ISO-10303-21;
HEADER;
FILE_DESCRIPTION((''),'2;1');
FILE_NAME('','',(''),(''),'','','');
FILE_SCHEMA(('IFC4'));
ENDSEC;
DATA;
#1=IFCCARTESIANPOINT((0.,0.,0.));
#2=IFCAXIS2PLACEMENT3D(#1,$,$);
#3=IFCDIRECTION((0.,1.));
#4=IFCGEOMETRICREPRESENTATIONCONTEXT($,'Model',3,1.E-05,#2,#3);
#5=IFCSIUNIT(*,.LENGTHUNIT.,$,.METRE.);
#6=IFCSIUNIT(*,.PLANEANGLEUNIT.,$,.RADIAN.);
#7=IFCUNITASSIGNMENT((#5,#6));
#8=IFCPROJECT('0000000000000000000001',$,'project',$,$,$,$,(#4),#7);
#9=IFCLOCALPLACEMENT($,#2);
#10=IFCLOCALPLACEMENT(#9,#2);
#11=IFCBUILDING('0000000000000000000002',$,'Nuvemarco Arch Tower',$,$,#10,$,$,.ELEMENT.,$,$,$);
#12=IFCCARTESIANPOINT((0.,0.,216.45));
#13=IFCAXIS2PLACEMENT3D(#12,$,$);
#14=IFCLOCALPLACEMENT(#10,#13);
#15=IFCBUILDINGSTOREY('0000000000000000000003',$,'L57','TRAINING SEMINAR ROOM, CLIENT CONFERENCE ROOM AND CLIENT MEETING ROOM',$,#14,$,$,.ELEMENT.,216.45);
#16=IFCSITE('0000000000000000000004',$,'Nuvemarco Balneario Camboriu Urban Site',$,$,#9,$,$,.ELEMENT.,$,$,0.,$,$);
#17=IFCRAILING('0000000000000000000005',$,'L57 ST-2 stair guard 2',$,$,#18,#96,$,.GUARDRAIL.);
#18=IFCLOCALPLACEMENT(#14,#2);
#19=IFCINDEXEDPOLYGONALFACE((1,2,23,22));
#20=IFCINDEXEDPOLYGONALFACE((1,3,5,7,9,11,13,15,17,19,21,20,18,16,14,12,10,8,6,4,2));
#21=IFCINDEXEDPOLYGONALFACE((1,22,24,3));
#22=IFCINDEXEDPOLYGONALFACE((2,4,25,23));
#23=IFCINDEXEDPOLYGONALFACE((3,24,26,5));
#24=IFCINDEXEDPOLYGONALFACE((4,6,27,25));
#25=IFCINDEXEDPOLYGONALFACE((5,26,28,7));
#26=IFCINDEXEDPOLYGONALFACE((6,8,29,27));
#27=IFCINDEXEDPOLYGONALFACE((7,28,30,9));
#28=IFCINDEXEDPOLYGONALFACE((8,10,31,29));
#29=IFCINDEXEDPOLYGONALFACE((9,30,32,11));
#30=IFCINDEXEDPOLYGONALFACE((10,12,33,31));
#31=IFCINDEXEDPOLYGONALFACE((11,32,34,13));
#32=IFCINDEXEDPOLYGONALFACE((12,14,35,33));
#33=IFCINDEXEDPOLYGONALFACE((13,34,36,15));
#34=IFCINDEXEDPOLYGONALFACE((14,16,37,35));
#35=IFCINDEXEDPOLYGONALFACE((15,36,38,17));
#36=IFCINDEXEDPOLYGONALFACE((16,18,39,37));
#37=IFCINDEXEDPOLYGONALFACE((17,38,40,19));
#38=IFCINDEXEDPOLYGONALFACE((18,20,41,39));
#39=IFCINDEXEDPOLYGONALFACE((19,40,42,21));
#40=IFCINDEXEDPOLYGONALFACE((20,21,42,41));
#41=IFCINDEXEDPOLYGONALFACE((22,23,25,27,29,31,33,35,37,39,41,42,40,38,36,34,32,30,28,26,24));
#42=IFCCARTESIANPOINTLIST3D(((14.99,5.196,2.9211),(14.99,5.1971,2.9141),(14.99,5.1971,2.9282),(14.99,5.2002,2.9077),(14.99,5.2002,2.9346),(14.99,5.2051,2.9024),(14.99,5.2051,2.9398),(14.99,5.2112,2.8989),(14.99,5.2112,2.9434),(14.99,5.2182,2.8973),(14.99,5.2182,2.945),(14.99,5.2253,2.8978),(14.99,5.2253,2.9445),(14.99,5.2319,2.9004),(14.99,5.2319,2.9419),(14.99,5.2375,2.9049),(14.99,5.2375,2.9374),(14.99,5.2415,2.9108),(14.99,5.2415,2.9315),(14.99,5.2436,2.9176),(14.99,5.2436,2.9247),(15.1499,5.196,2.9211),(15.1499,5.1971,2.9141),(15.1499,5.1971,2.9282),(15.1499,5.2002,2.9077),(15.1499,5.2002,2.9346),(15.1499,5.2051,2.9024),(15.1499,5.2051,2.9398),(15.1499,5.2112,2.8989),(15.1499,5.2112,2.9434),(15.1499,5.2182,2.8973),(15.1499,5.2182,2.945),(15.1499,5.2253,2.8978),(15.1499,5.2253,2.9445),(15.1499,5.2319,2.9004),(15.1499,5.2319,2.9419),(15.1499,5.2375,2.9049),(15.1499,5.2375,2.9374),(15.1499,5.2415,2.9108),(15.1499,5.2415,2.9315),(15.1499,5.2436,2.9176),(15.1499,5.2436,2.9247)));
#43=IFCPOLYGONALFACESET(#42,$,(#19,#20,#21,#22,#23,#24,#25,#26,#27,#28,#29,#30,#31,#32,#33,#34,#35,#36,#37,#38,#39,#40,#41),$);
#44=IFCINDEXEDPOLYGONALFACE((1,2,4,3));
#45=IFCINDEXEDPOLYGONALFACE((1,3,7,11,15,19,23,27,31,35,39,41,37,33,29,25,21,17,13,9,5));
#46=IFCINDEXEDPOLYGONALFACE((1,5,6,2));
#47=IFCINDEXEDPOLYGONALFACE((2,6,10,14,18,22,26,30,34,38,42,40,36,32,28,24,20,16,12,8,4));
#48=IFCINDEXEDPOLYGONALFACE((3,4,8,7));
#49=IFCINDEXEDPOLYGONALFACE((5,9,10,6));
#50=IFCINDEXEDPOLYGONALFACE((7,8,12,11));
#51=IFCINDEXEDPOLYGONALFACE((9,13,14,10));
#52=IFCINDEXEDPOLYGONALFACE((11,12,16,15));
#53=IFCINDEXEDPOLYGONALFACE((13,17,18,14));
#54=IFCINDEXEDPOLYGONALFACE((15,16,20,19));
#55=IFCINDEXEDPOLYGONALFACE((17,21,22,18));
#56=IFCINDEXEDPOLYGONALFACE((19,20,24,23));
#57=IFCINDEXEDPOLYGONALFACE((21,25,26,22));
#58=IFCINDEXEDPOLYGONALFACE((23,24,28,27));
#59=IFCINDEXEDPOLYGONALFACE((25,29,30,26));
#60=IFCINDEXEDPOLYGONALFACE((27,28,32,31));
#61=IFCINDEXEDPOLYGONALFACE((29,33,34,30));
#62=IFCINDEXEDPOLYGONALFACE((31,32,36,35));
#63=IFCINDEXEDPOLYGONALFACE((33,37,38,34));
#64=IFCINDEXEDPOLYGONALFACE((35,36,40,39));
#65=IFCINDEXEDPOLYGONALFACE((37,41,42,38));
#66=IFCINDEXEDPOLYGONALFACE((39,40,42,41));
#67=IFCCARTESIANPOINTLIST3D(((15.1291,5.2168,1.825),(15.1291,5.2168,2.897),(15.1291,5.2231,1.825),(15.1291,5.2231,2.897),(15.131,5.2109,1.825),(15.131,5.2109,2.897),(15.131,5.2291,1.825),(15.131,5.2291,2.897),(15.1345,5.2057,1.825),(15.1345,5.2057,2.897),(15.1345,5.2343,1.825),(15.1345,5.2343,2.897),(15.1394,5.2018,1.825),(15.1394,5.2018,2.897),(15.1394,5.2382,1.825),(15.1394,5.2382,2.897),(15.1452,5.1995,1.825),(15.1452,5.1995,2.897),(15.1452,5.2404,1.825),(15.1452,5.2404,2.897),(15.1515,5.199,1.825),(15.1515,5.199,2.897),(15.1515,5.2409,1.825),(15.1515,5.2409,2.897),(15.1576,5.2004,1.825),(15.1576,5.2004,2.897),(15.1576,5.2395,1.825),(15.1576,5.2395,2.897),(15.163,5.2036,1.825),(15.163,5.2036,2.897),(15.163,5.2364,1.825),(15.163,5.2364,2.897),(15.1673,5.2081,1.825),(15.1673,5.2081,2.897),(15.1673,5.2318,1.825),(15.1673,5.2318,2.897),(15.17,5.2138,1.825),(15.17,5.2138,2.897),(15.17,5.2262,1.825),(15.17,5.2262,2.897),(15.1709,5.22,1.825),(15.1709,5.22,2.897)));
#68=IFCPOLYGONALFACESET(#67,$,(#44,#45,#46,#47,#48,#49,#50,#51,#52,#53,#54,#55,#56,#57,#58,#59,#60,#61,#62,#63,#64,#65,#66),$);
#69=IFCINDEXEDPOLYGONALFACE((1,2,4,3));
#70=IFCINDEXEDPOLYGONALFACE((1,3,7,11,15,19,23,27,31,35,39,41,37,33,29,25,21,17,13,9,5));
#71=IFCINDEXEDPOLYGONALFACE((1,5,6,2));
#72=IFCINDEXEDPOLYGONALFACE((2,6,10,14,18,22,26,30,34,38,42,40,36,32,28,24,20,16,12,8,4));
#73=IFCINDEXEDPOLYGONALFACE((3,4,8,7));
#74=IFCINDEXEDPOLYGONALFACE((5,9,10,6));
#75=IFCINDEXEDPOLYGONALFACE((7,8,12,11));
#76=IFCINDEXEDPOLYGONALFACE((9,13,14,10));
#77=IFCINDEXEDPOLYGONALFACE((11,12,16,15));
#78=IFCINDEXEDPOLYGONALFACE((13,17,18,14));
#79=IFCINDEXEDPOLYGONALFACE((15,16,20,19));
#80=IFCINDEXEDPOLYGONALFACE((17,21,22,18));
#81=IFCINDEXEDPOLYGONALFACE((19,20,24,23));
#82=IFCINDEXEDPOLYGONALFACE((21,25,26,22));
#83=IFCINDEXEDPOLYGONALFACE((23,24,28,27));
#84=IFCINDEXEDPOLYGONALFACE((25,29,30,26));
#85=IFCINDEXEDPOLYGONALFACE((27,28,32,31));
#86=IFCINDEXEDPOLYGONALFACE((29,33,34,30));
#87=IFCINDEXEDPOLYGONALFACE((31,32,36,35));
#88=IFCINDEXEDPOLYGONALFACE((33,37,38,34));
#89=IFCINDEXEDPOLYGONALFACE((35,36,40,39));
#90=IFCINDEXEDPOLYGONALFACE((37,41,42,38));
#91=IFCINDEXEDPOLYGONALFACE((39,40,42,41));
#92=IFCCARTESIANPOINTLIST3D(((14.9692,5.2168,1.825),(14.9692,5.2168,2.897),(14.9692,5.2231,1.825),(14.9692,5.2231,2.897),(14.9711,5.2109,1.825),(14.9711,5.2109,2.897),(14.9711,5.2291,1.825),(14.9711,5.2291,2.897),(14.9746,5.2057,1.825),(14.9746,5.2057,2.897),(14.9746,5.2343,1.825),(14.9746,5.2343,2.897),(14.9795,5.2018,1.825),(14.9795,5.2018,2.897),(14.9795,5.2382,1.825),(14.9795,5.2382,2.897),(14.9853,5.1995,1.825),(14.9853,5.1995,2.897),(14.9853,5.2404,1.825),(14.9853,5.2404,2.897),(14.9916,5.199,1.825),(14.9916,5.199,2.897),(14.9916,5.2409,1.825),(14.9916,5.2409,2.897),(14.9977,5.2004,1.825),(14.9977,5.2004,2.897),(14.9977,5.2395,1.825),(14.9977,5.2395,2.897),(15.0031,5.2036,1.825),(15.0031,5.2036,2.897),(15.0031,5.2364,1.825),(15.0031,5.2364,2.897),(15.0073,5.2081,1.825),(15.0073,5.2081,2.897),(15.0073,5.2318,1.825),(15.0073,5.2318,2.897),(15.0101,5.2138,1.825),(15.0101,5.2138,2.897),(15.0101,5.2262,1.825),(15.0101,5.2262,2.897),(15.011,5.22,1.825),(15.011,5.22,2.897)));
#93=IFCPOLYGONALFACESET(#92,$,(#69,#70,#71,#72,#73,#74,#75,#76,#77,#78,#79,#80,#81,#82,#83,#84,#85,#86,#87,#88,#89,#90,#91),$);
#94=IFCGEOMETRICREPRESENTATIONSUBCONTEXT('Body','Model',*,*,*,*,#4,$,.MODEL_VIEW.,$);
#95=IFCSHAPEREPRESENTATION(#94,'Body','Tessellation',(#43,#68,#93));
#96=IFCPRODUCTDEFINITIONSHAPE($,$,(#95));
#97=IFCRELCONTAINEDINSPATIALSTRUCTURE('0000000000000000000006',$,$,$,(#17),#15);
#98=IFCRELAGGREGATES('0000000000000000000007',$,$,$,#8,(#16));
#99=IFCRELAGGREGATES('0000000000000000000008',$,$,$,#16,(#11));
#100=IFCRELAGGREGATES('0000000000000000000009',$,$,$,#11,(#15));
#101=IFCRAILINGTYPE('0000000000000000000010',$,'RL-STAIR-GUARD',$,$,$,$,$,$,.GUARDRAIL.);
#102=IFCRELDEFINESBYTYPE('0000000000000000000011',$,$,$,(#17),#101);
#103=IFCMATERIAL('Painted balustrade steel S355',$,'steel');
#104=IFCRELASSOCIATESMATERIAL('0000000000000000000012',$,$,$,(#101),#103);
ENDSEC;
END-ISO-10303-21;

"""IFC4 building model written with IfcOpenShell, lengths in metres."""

from ifc_helpers import new_model, si_unit, direction, frame, origin, origin_2d, place, context, subcontext, project, spatial, circle, extrude, material, type_object, element, save


model = new_model("IFC4")

# Units and contexts
model_context = context("Model", 3, precision=1e-05, world=origin(), true_north=direction((0.0, 1.0)))
body_context = subcontext(model_context, "Body", "Model", "MODEL_VIEW")
ifc_project = project(units=[si_unit("LENGTHUNIT", "METRE"), si_unit("PLANEANGLEUNIT", "RADIAN")], contexts=[model_context])

# Site, building, storey
site_placement = place(None, origin())
site = spatial("IfcSite", under=ifc_project, at=site_placement, Name="Nuvemarco Balneario Camboriu Urban Site", CompositionType="ELEMENT", RefElevation=0.0)
building_placement = place(site_placement, origin())
building = spatial("IfcBuilding", under=site, at=building_placement, Name="Nuvemarco Arch Tower", CompositionType="ELEMENT")
storey_placement = place(building_placement, frame((0.0, 0.0, 216.45)))
storey = spatial("IfcBuildingStorey", under=building, at=storey_placement, Name="L57", Description="TRAINING SEMINAR ROOM, CLIENT CONFERENCE ROOM AND CLIENT MEETING ROOM", CompositionType="ELEMENT", Elevation=216.45)

# Railing
ifc_material_1 = material(Name="Painted balustrade steel S355", Category="steel")
railing_type_1 = type_object("IfcRailingType", Name="RL-STAIR-GUARD", PredefinedType="GUARDRAIL", material=ifc_material_1)
railing_1_placement = place(storey_placement, frame((15.1499, 5.22, 1.825)))
element("IfcRailing", 1, at=railing_1_placement, inside=storey, type_object=railing_type_1, Name="L57 ST-2 stair guard 2", PredefinedType="GUARDRAIL", context=body_context, shape_type="SweptSolid", body=[
    extrude(circle(Radius=0.0239, at=origin_2d()), frame((0.0, 0.0, 1.0962), z_axis=(-1.0, 0.0, 0.0), x_axis=(0.0, -1.0, 0.0)), (0.0, 0.0, 1.0), 0.1599),
    extrude(circle(Radius=0.021, at=origin_2d()), origin(), (0.0, 0.0, 1.0), 1.072),
    extrude(circle(Radius=0.021, at=origin_2d()), frame((-0.1599, 0.0, 0.0)), (0.0, 0.0, 1.0), 1.072),
])

save(model, "model.ifc")
